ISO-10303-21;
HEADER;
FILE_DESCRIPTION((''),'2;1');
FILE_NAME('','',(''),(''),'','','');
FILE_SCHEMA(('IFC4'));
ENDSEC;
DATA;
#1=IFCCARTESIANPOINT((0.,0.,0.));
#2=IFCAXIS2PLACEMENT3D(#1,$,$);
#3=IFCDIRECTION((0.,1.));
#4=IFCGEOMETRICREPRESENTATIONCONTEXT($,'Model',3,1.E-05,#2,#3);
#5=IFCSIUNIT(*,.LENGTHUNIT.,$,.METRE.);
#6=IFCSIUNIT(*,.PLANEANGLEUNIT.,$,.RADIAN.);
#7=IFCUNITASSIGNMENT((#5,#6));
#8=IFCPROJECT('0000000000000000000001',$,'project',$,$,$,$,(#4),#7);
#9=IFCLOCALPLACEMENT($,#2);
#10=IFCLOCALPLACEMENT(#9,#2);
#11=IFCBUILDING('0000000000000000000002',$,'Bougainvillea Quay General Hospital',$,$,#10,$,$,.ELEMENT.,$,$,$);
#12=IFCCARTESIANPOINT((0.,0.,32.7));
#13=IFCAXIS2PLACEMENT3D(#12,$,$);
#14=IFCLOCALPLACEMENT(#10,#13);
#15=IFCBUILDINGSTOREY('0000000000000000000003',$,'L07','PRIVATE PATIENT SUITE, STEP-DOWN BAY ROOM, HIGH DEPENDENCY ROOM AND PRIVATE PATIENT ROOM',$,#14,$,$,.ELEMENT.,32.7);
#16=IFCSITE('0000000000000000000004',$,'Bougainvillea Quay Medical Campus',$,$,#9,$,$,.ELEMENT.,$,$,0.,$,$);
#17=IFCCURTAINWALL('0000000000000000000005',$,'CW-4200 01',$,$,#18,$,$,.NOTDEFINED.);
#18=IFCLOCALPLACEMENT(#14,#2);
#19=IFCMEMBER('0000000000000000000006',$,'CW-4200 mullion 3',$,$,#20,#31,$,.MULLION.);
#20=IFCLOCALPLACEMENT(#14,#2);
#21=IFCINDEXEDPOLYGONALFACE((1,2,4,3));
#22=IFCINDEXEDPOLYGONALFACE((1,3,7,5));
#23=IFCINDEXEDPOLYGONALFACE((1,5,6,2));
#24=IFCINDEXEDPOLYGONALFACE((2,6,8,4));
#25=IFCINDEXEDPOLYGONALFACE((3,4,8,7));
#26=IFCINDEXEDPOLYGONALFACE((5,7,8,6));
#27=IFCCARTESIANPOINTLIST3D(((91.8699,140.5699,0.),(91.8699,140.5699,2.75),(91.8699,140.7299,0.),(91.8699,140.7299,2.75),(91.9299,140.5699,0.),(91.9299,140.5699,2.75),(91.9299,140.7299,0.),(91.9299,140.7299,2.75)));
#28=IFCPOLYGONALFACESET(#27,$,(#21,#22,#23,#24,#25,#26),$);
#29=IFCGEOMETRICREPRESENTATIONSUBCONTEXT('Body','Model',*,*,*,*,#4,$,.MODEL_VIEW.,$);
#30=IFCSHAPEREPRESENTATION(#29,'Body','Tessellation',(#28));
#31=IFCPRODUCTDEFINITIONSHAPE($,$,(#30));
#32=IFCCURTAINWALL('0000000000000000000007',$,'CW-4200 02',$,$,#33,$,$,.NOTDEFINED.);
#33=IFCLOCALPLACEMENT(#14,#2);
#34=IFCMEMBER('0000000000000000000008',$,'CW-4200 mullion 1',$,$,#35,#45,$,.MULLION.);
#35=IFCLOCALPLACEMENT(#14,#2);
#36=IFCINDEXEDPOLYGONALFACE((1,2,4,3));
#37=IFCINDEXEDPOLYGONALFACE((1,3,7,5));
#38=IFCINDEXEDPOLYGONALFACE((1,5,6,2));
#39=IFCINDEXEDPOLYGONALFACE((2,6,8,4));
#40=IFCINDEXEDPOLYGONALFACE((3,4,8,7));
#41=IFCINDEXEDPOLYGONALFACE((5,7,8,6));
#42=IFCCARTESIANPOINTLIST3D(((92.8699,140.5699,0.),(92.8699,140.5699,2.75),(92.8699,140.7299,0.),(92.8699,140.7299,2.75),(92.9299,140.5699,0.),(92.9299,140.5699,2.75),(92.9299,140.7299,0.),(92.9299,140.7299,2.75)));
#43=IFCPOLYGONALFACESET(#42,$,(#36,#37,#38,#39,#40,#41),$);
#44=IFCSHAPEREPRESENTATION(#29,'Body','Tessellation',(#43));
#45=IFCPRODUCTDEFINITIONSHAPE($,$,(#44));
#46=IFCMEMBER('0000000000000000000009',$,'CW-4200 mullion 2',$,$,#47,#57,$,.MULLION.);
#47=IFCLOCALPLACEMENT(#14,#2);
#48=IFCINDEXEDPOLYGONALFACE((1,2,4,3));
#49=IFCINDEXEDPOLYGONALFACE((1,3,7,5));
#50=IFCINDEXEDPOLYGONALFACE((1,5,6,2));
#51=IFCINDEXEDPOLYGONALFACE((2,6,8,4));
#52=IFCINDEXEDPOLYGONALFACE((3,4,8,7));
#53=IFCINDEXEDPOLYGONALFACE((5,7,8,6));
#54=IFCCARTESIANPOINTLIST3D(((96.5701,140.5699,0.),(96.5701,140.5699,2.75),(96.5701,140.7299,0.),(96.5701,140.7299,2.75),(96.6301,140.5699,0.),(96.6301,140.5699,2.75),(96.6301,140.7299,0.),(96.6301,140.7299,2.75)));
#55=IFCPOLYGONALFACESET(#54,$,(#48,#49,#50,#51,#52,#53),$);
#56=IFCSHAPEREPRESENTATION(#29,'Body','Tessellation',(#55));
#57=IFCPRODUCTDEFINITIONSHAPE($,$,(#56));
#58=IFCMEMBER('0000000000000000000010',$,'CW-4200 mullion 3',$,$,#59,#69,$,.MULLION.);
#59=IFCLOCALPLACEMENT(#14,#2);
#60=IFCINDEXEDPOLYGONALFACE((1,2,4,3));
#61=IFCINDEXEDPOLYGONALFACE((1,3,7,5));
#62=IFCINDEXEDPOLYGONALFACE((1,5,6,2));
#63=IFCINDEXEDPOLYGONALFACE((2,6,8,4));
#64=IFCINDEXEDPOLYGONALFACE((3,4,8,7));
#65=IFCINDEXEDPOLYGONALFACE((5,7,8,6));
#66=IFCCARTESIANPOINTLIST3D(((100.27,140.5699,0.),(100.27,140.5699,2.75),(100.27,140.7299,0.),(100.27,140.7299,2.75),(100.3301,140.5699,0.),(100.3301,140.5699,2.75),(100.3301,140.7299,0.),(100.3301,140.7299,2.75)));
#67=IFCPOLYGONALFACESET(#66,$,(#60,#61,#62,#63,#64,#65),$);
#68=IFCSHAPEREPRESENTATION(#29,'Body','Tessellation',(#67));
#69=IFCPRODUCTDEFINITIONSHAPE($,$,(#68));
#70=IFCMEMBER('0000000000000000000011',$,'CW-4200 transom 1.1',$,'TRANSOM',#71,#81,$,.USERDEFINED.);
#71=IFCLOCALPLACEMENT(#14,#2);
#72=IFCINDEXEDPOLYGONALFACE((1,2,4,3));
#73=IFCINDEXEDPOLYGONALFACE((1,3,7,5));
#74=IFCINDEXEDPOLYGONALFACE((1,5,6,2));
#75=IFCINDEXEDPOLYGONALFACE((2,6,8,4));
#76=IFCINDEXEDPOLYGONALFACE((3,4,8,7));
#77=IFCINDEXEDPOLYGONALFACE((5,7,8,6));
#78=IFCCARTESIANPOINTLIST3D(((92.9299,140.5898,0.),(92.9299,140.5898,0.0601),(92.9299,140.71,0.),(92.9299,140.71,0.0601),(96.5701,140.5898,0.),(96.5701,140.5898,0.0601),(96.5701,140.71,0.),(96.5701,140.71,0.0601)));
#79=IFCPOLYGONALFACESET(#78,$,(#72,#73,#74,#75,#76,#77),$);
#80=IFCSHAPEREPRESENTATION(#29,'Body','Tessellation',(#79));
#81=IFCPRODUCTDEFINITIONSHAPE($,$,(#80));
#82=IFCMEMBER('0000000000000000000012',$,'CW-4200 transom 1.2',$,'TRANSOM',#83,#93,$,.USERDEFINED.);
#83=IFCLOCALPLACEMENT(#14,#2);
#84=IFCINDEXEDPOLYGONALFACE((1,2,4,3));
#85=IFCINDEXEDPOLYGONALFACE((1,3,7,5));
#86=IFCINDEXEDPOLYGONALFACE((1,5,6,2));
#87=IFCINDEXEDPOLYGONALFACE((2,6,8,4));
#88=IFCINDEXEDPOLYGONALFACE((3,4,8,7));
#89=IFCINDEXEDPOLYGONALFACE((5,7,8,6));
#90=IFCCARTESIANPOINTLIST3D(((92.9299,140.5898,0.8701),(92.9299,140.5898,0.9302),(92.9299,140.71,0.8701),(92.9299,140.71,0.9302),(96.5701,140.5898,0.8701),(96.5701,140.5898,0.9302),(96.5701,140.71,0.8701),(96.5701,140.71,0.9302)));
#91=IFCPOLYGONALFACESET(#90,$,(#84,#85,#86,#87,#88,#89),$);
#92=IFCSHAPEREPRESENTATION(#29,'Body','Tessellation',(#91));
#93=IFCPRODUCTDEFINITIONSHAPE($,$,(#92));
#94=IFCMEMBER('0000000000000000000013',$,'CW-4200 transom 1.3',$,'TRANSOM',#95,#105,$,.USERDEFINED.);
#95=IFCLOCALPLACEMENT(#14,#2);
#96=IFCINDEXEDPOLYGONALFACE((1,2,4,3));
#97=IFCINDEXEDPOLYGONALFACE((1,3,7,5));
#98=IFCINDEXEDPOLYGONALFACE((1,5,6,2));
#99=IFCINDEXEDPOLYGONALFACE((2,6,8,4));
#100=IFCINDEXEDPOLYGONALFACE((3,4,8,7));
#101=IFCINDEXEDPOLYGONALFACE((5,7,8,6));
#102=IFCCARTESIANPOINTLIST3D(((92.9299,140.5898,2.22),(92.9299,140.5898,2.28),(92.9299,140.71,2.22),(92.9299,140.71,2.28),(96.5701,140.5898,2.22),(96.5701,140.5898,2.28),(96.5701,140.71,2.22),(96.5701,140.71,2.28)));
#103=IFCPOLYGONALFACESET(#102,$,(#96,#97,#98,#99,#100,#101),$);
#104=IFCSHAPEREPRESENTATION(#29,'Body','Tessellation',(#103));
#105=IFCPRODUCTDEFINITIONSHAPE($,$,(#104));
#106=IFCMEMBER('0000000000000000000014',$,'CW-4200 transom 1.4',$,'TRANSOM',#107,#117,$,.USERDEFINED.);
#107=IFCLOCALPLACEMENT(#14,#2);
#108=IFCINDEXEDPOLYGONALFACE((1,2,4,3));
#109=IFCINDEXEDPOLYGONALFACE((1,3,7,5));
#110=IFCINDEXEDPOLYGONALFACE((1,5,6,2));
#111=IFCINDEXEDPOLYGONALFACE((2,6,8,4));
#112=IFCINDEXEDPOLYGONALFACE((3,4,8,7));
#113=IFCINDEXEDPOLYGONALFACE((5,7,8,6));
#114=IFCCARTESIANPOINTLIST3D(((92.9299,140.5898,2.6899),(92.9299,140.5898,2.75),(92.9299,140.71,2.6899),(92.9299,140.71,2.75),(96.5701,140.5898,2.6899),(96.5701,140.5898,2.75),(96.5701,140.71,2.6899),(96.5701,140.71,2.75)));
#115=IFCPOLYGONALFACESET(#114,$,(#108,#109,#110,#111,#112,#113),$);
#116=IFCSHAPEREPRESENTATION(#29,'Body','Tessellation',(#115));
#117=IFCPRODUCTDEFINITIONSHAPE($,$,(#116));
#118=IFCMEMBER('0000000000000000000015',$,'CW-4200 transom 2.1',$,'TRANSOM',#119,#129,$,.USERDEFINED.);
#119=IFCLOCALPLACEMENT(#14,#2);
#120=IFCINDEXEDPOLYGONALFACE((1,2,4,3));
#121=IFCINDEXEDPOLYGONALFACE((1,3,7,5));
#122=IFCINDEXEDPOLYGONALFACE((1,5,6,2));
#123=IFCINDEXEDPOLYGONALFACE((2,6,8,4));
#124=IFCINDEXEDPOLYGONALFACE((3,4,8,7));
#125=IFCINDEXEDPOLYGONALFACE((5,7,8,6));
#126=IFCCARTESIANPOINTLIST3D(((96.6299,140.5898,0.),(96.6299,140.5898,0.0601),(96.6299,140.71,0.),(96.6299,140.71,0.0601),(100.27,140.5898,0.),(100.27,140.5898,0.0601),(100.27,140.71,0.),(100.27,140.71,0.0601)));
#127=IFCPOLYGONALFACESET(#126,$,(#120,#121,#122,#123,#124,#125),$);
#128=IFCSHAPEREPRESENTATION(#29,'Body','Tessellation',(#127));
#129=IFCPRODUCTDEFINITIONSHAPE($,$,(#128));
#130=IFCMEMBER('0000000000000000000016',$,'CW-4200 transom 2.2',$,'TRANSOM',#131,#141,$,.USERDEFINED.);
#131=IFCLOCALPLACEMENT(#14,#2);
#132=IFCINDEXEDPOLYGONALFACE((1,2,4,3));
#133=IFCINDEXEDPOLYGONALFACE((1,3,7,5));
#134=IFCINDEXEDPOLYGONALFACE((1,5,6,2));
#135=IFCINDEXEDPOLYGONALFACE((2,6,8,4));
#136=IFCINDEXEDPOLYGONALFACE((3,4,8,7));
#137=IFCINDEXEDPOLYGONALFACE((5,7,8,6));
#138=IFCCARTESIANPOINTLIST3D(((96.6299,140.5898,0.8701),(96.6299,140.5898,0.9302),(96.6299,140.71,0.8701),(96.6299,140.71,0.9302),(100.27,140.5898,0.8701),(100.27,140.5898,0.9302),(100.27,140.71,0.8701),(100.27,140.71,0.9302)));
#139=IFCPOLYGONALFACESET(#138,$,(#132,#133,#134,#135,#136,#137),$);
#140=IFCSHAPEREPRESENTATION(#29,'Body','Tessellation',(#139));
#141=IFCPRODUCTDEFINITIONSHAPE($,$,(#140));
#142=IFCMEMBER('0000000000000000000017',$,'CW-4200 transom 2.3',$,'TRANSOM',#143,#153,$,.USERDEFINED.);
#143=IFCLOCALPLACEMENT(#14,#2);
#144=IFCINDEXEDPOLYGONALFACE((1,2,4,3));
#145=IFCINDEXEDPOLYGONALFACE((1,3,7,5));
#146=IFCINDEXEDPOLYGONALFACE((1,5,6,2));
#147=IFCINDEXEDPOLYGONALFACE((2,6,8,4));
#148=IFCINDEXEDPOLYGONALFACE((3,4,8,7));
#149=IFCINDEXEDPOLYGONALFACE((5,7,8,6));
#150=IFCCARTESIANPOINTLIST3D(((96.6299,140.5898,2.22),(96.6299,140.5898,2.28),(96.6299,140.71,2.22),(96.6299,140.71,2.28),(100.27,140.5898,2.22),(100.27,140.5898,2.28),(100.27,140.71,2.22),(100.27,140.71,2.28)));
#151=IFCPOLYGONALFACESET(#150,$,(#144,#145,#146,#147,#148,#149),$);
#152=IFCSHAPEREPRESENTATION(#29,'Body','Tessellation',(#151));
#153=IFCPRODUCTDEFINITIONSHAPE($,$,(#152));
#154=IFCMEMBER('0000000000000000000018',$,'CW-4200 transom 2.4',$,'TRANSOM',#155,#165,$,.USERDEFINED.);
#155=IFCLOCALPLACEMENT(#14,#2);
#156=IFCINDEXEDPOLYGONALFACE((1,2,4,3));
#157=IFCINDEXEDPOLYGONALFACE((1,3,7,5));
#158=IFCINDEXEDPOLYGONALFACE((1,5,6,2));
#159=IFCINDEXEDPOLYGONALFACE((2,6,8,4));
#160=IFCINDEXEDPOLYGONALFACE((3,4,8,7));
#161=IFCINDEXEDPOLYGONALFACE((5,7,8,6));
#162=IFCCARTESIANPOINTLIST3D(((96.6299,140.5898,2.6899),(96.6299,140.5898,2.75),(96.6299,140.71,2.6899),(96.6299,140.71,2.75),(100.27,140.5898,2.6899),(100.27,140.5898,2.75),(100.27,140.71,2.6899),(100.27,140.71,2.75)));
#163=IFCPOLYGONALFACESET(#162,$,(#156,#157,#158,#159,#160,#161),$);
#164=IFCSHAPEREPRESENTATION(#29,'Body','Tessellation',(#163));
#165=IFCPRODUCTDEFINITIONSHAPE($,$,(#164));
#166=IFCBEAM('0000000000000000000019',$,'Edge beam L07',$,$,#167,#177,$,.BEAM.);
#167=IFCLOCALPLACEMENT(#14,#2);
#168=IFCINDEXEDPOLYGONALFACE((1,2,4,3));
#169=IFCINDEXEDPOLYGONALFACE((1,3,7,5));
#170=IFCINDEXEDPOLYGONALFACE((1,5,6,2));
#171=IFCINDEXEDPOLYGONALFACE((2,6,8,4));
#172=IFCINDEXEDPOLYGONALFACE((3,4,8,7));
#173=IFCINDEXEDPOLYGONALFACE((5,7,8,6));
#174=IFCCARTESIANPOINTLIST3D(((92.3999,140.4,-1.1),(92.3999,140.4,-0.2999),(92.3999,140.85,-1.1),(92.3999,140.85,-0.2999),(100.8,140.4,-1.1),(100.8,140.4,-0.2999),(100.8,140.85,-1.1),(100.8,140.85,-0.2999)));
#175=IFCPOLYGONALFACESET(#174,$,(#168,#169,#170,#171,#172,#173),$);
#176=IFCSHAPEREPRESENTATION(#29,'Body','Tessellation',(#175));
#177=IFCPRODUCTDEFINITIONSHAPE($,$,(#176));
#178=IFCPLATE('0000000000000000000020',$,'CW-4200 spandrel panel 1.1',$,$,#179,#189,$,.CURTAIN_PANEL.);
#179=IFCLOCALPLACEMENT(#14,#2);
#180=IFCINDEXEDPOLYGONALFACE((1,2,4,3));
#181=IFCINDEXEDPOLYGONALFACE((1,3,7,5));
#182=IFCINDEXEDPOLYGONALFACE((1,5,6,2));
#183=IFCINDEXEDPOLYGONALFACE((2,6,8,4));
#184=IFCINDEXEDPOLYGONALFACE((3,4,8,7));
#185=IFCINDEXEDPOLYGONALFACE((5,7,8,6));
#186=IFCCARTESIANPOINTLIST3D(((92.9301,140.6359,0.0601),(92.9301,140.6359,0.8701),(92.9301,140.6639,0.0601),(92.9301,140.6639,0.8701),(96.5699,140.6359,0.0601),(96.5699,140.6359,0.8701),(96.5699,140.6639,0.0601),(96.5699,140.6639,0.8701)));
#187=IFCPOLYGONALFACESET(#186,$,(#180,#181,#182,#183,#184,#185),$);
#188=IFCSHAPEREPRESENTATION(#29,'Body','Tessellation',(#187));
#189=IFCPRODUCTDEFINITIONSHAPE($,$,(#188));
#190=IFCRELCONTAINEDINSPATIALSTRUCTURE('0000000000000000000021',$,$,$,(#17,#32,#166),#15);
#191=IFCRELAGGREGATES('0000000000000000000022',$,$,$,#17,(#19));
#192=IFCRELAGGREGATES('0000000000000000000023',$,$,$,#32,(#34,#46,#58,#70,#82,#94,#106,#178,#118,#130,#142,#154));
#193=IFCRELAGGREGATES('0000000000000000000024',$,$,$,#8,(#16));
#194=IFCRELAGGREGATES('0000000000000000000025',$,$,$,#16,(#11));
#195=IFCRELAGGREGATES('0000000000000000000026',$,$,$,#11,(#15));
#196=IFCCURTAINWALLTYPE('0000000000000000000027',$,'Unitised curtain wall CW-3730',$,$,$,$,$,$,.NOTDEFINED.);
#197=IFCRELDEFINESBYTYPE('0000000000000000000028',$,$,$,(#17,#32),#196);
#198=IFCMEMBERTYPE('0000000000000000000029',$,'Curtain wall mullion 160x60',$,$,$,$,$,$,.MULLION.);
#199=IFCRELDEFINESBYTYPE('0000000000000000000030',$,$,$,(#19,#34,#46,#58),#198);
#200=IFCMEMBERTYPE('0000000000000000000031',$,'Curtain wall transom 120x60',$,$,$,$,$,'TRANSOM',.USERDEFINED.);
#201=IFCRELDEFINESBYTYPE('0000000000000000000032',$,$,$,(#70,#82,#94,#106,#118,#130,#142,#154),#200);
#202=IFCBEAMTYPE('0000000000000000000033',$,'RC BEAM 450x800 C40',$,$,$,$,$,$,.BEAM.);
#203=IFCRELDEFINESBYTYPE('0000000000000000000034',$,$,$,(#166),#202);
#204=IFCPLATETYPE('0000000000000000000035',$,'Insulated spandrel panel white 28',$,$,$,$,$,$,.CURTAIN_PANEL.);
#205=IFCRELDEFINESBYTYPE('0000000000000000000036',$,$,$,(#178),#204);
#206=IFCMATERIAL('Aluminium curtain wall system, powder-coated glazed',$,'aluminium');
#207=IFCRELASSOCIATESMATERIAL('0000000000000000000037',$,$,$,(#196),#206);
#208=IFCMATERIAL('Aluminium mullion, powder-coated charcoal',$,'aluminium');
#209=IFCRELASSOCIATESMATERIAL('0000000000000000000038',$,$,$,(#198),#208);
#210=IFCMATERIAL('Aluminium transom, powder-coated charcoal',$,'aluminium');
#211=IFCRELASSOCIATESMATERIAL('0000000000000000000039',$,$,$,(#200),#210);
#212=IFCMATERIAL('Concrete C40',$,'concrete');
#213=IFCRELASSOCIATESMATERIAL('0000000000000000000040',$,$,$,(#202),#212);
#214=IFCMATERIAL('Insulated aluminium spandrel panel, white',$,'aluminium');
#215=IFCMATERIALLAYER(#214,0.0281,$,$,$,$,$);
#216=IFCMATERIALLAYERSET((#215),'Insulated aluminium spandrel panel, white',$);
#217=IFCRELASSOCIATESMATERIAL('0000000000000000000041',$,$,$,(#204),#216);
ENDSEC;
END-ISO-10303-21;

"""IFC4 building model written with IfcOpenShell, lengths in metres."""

from ifc_helpers import new_model, si_unit, direction, frame, origin, origin_2d, place, context, subcontext, project, spatial, rectangle, extrude, material, layer, layer_set, material_profile, profile_set, type_object, element, aggregate, save


model = new_model("IFC4")

# Units and contexts
model_context = context("Model", 3, precision=1e-05, world=origin(), true_north=direction((0.0, 1.0)))
body_context = subcontext(model_context, "Body", "Model", "MODEL_VIEW")
ifc_project = project(units=[si_unit("LENGTHUNIT", "METRE"), si_unit("PLANEANGLEUNIT", "RADIAN")], contexts=[model_context])

# Site, building, storey
site_placement = place(None, origin())
site = spatial("IfcSite", under=ifc_project, at=site_placement, Name="Bougainvillea Quay Medical Campus", CompositionType="ELEMENT", RefElevation=0.0)
building_placement = place(site_placement, origin())
building = spatial("IfcBuilding", under=site, at=building_placement, Name="Bougainvillea Quay General Hospital", CompositionType="ELEMENT")
storey_placement = place(building_placement, frame((0.0, 0.0, 32.7)))
storey = spatial("IfcBuildingStorey", under=building, at=storey_placement, Name="L07", Description="PRIVATE PATIENT SUITE, STEP-DOWN BAY ROOM, HIGH DEPENDENCY ROOM AND PRIVATE PATIENT ROOM", CompositionType="ELEMENT", Elevation=32.7)

# Curtain wall, member
ifc_material_1 = material(Name="Aluminium curtain wall system, powder-coated glazed", Category="aluminium")
curtain_wall_type = type_object("IfcCurtainWallType", Name="Unitised curtain wall CW-3730", PredefinedType="NOTDEFINED", material=ifc_material_1)
curtain_wall_1_placement = place(storey_placement, origin())
curtain_wall_1 = element("IfcCurtainWall", 1, at=curtain_wall_1_placement, inside=storey, type_object=curtain_wall_type, Name="CW-4200 01", PredefinedType="NOTDEFINED")
ifc_material_2 = material(Name="Aluminium mullion, powder-coated charcoal", Category="aluminium")
ifc_material_profile_1 = material_profile(ifc_material_2, rectangle(XDim=0.1599, YDim=0.0601, at=origin_2d()))
ifc_profile_set_1 = profile_set([ifc_material_profile_1], Name="Aluminium mullion, powder-coated charcoal")
member_type_1 = type_object("IfcMemberType", Name="Curtain wall mullion 160x60", PredefinedType="MULLION", material=ifc_profile_set_1)
member_1_placement = place(storey_placement, frame((91.8999, 140.6499, 0.0), z_axis=(0.0, 0.0, 1.0), x_axis=(0.0, 1.0, 0.0)))
member_1 = element("IfcMember", 2, at=member_1_placement, type_object=member_type_1, Name="CW-4200 mullion 3", PredefinedType="MULLION", context=body_context, shape_type="SweptSolid", body=[
    extrude(rectangle(XDim=0.1599, YDim=0.0601, at=origin_2d()), origin(), (0.0, 0.0, 1.0), 2.75),
])
aggregate(curtain_wall_1, [member_1])

# Curtain wall, members
curtain_wall_2_placement = place(storey_placement, origin())
curtain_wall_2 = element("IfcCurtainWall", 3, at=curtain_wall_2_placement, inside=storey, type_object=curtain_wall_type, Name="CW-4200 02", PredefinedType="NOTDEFINED")
member_2_placement = place(storey_placement, frame((92.8999, 140.6499, 0.0), z_axis=(0.0, 0.0, 1.0), x_axis=(0.0, 1.0, 0.0)))
member_2 = element("IfcMember", 4, at=member_2_placement, type_object=member_type_1, Name="CW-4200 mullion 1", PredefinedType="MULLION", context=body_context, shape_type="SweptSolid", body=[
    extrude(rectangle(XDim=0.1599, YDim=0.0601, at=origin_2d()), origin(), (0.0, 0.0, 1.0), 2.75),
])
member_3_placement = place(storey_placement, frame((96.6001, 140.6499, 0.0), z_axis=(0.0, 0.0, 1.0), x_axis=(0.0, 1.0, 0.0)))
member_3 = element("IfcMember", 5, at=member_3_placement, type_object=member_type_1, Name="CW-4200 mullion 2", PredefinedType="MULLION", context=body_context, shape_type="SweptSolid", body=[
    extrude(rectangle(XDim=0.1599, YDim=0.0601, at=origin_2d()), origin(), (0.0, 0.0, 1.0), 2.75),
])
member_4_placement = place(storey_placement, frame((100.3, 140.6499, 0.0), z_axis=(0.0, 0.0, 1.0), x_axis=(0.0, 1.0, 0.0)))
member_4 = element("IfcMember", 6, at=member_4_placement, type_object=member_type_1, Name="CW-4200 mullion 3", PredefinedType="MULLION", context=body_context, shape_type="SweptSolid", body=[
    extrude(rectangle(XDim=0.1599, YDim=0.0601, at=origin_2d()), origin(), (0.0, 0.0, 1.0), 2.75),
])
ifc_material_3 = material(Name="Aluminium transom, powder-coated charcoal", Category="aluminium")
ifc_material_profile_2 = material_profile(ifc_material_3, rectangle(XDim=0.1201, YDim=0.0601, at=origin_2d()))
ifc_profile_set_2 = profile_set([ifc_material_profile_2], Name="Aluminium transom, powder-coated charcoal")
member_type_2 = type_object("IfcMemberType", Name="Curtain wall transom 120x60", ElementType="TRANSOM", PredefinedType="USERDEFINED", material=ifc_profile_set_2)
member_5_placement = place(storey_placement, frame((92.9299, 140.6499, 0.03), z_axis=(1.0, 0.0, 0.0), x_axis=(0.0, 1.0, 0.0)))
member_5 = element("IfcMember", 7, at=member_5_placement, type_object=member_type_2, Name="CW-4200 transom 1.1", ObjectType="TRANSOM", PredefinedType="USERDEFINED", context=body_context, shape_type="SweptSolid", body=[
    extrude(rectangle(XDim=0.1201, YDim=0.0601, at=origin_2d()), origin(), (0.0, 0.0, 1.0), 3.6401),
])
member_6_placement = place(storey_placement, frame((92.9299, 140.6499, 0.9001), z_axis=(1.0, 0.0, 0.0), x_axis=(0.0, 1.0, 0.0)))
member_6 = element("IfcMember", 8, at=member_6_placement, type_object=member_type_2, Name="CW-4200 transom 1.2", ObjectType="TRANSOM", PredefinedType="USERDEFINED", context=body_context, shape_type="SweptSolid", body=[
    extrude(rectangle(XDim=0.1201, YDim=0.0601, at=origin_2d()), origin(), (0.0, 0.0, 1.0), 3.6401),
])
member_7_placement = place(storey_placement, frame((92.9299, 140.6499, 2.25), z_axis=(1.0, 0.0, 0.0), x_axis=(0.0, 1.0, 0.0)))
member_7 = element("IfcMember", 9, at=member_7_placement, type_object=member_type_2, Name="CW-4200 transom 1.3", ObjectType="TRANSOM", PredefinedType="USERDEFINED", context=body_context, shape_type="SweptSolid", body=[
    extrude(rectangle(XDim=0.1201, YDim=0.0601, at=origin_2d()), origin(), (0.0, 0.0, 1.0), 3.6401),
])
member_8_placement = place(storey_placement, frame((92.9299, 140.6499, 2.72), z_axis=(1.0, 0.0, 0.0), x_axis=(0.0, 1.0, 0.0)))
member_8 = element("IfcMember", 10, at=member_8_placement, type_object=member_type_2, Name="CW-4200 transom 1.4", ObjectType="TRANSOM", PredefinedType="USERDEFINED", context=body_context, shape_type="SweptSolid", body=[
    extrude(rectangle(XDim=0.1201, YDim=0.0601, at=origin_2d()), origin(), (0.0, 0.0, 1.0), 3.6401),
])
member_9_placement = place(storey_placement, frame((96.6299, 140.6499, 0.03), z_axis=(1.0, 0.0, 0.0), x_axis=(0.0, 1.0, 0.0)))
member_9 = element("IfcMember", 11, at=member_9_placement, type_object=member_type_2, Name="CW-4200 transom 2.1", ObjectType="TRANSOM", PredefinedType="USERDEFINED", context=body_context, shape_type="SweptSolid", body=[
    extrude(rectangle(XDim=0.1201, YDim=0.0601, at=origin_2d()), origin(), (0.0, 0.0, 1.0), 3.6401),
])
member_10_placement = place(storey_placement, frame((96.6299, 140.6499, 0.9001), z_axis=(1.0, 0.0, 0.0), x_axis=(0.0, 1.0, 0.0)))
member_10 = element("IfcMember", 12, at=member_10_placement, type_object=member_type_2, Name="CW-4200 transom 2.2", ObjectType="TRANSOM", PredefinedType="USERDEFINED", context=body_context, shape_type="SweptSolid", body=[
    extrude(rectangle(XDim=0.1201, YDim=0.0601, at=origin_2d()), origin(), (0.0, 0.0, 1.0), 3.6401),
])
member_11_placement = place(storey_placement, frame((96.6299, 140.6499, 2.25), z_axis=(1.0, 0.0, 0.0), x_axis=(0.0, 1.0, 0.0)))
member_11 = element("IfcMember", 13, at=member_11_placement, type_object=member_type_2, Name="CW-4200 transom 2.3", ObjectType="TRANSOM", PredefinedType="USERDEFINED", context=body_context, shape_type="SweptSolid", body=[
    extrude(rectangle(XDim=0.1201, YDim=0.0601, at=origin_2d()), origin(), (0.0, 0.0, 1.0), 3.6401),
])
member_12_placement = place(storey_placement, frame((96.6299, 140.6499, 2.72), z_axis=(1.0, 0.0, 0.0), x_axis=(0.0, 1.0, 0.0)))
member_12 = element("IfcMember", 14, at=member_12_placement, type_object=member_type_2, Name="CW-4200 transom 2.4", ObjectType="TRANSOM", PredefinedType="USERDEFINED", context=body_context, shape_type="SweptSolid", body=[
    extrude(rectangle(XDim=0.1201, YDim=0.0601, at=origin_2d()), origin(), (0.0, 0.0, 1.0), 3.6401),
])

# Beam
ifc_material_4 = material(Name="Concrete C40", Category="concrete")
ifc_material_profile_3 = material_profile(ifc_material_4, rectangle(XDim=0.45, YDim=0.8, at=origin_2d()))
ifc_profile_set_3 = profile_set([ifc_material_profile_3], Name="Concrete C40")
beam_type = type_object("IfcBeamType", Name="RC BEAM 450x800 C40", PredefinedType="BEAM", material=ifc_profile_set_3)
beam_placement = place(storey_placement, frame((92.3999, 140.625, -0.7), z_axis=(1.0, 0.0, 0.0), x_axis=(0.0, 1.0, 0.0)))
element("IfcBeam", 15, at=beam_placement, inside=storey, type_object=beam_type, Name="Edge beam L07", PredefinedType="BEAM", context=body_context, shape_type="SweptSolid", body=[
    extrude(rectangle(XDim=0.45, YDim=0.8, at=origin_2d()), origin(), (0.0, 0.0, 1.0), 8.4001),
])

# Plate
ifc_material_5 = material(Name="Insulated aluminium spandrel panel, white", Category="aluminium")
ifc_layer_1 = layer(ifc_material_5, 0.0281)
ifc_layer_set_1 = layer_set([ifc_layer_1], Name="Insulated aluminium spandrel panel, white")
plate_type_1 = type_object("IfcPlateType", Name="Insulated spandrel panel white 28", PredefinedType="CURTAIN_PANEL", material=ifc_layer_set_1)
plate_1_placement = place(storey_placement, frame((94.75, 140.6499, 0.0601), z_axis=(0.0, 0.0, 1.0), x_axis=(1.0, 0.0, 0.0)))
plate_1 = element("IfcPlate", 16, at=plate_1_placement, type_object=plate_type_1, Name="CW-4200 spandrel panel 1.1", PredefinedType="CURTAIN_PANEL", context=body_context, shape_type="SweptSolid", body=[
    extrude(rectangle(XDim=3.6399, YDim=0.0281, at=origin_2d()), origin(), (0.0, 0.0, 1.0), 0.8101),
])
aggregate(curtain_wall_2, [member_2, member_3, member_4, member_5, member_6, member_7, member_8, plate_1, member_9, member_10, member_11, member_12])

save(model, "model.ifc")
